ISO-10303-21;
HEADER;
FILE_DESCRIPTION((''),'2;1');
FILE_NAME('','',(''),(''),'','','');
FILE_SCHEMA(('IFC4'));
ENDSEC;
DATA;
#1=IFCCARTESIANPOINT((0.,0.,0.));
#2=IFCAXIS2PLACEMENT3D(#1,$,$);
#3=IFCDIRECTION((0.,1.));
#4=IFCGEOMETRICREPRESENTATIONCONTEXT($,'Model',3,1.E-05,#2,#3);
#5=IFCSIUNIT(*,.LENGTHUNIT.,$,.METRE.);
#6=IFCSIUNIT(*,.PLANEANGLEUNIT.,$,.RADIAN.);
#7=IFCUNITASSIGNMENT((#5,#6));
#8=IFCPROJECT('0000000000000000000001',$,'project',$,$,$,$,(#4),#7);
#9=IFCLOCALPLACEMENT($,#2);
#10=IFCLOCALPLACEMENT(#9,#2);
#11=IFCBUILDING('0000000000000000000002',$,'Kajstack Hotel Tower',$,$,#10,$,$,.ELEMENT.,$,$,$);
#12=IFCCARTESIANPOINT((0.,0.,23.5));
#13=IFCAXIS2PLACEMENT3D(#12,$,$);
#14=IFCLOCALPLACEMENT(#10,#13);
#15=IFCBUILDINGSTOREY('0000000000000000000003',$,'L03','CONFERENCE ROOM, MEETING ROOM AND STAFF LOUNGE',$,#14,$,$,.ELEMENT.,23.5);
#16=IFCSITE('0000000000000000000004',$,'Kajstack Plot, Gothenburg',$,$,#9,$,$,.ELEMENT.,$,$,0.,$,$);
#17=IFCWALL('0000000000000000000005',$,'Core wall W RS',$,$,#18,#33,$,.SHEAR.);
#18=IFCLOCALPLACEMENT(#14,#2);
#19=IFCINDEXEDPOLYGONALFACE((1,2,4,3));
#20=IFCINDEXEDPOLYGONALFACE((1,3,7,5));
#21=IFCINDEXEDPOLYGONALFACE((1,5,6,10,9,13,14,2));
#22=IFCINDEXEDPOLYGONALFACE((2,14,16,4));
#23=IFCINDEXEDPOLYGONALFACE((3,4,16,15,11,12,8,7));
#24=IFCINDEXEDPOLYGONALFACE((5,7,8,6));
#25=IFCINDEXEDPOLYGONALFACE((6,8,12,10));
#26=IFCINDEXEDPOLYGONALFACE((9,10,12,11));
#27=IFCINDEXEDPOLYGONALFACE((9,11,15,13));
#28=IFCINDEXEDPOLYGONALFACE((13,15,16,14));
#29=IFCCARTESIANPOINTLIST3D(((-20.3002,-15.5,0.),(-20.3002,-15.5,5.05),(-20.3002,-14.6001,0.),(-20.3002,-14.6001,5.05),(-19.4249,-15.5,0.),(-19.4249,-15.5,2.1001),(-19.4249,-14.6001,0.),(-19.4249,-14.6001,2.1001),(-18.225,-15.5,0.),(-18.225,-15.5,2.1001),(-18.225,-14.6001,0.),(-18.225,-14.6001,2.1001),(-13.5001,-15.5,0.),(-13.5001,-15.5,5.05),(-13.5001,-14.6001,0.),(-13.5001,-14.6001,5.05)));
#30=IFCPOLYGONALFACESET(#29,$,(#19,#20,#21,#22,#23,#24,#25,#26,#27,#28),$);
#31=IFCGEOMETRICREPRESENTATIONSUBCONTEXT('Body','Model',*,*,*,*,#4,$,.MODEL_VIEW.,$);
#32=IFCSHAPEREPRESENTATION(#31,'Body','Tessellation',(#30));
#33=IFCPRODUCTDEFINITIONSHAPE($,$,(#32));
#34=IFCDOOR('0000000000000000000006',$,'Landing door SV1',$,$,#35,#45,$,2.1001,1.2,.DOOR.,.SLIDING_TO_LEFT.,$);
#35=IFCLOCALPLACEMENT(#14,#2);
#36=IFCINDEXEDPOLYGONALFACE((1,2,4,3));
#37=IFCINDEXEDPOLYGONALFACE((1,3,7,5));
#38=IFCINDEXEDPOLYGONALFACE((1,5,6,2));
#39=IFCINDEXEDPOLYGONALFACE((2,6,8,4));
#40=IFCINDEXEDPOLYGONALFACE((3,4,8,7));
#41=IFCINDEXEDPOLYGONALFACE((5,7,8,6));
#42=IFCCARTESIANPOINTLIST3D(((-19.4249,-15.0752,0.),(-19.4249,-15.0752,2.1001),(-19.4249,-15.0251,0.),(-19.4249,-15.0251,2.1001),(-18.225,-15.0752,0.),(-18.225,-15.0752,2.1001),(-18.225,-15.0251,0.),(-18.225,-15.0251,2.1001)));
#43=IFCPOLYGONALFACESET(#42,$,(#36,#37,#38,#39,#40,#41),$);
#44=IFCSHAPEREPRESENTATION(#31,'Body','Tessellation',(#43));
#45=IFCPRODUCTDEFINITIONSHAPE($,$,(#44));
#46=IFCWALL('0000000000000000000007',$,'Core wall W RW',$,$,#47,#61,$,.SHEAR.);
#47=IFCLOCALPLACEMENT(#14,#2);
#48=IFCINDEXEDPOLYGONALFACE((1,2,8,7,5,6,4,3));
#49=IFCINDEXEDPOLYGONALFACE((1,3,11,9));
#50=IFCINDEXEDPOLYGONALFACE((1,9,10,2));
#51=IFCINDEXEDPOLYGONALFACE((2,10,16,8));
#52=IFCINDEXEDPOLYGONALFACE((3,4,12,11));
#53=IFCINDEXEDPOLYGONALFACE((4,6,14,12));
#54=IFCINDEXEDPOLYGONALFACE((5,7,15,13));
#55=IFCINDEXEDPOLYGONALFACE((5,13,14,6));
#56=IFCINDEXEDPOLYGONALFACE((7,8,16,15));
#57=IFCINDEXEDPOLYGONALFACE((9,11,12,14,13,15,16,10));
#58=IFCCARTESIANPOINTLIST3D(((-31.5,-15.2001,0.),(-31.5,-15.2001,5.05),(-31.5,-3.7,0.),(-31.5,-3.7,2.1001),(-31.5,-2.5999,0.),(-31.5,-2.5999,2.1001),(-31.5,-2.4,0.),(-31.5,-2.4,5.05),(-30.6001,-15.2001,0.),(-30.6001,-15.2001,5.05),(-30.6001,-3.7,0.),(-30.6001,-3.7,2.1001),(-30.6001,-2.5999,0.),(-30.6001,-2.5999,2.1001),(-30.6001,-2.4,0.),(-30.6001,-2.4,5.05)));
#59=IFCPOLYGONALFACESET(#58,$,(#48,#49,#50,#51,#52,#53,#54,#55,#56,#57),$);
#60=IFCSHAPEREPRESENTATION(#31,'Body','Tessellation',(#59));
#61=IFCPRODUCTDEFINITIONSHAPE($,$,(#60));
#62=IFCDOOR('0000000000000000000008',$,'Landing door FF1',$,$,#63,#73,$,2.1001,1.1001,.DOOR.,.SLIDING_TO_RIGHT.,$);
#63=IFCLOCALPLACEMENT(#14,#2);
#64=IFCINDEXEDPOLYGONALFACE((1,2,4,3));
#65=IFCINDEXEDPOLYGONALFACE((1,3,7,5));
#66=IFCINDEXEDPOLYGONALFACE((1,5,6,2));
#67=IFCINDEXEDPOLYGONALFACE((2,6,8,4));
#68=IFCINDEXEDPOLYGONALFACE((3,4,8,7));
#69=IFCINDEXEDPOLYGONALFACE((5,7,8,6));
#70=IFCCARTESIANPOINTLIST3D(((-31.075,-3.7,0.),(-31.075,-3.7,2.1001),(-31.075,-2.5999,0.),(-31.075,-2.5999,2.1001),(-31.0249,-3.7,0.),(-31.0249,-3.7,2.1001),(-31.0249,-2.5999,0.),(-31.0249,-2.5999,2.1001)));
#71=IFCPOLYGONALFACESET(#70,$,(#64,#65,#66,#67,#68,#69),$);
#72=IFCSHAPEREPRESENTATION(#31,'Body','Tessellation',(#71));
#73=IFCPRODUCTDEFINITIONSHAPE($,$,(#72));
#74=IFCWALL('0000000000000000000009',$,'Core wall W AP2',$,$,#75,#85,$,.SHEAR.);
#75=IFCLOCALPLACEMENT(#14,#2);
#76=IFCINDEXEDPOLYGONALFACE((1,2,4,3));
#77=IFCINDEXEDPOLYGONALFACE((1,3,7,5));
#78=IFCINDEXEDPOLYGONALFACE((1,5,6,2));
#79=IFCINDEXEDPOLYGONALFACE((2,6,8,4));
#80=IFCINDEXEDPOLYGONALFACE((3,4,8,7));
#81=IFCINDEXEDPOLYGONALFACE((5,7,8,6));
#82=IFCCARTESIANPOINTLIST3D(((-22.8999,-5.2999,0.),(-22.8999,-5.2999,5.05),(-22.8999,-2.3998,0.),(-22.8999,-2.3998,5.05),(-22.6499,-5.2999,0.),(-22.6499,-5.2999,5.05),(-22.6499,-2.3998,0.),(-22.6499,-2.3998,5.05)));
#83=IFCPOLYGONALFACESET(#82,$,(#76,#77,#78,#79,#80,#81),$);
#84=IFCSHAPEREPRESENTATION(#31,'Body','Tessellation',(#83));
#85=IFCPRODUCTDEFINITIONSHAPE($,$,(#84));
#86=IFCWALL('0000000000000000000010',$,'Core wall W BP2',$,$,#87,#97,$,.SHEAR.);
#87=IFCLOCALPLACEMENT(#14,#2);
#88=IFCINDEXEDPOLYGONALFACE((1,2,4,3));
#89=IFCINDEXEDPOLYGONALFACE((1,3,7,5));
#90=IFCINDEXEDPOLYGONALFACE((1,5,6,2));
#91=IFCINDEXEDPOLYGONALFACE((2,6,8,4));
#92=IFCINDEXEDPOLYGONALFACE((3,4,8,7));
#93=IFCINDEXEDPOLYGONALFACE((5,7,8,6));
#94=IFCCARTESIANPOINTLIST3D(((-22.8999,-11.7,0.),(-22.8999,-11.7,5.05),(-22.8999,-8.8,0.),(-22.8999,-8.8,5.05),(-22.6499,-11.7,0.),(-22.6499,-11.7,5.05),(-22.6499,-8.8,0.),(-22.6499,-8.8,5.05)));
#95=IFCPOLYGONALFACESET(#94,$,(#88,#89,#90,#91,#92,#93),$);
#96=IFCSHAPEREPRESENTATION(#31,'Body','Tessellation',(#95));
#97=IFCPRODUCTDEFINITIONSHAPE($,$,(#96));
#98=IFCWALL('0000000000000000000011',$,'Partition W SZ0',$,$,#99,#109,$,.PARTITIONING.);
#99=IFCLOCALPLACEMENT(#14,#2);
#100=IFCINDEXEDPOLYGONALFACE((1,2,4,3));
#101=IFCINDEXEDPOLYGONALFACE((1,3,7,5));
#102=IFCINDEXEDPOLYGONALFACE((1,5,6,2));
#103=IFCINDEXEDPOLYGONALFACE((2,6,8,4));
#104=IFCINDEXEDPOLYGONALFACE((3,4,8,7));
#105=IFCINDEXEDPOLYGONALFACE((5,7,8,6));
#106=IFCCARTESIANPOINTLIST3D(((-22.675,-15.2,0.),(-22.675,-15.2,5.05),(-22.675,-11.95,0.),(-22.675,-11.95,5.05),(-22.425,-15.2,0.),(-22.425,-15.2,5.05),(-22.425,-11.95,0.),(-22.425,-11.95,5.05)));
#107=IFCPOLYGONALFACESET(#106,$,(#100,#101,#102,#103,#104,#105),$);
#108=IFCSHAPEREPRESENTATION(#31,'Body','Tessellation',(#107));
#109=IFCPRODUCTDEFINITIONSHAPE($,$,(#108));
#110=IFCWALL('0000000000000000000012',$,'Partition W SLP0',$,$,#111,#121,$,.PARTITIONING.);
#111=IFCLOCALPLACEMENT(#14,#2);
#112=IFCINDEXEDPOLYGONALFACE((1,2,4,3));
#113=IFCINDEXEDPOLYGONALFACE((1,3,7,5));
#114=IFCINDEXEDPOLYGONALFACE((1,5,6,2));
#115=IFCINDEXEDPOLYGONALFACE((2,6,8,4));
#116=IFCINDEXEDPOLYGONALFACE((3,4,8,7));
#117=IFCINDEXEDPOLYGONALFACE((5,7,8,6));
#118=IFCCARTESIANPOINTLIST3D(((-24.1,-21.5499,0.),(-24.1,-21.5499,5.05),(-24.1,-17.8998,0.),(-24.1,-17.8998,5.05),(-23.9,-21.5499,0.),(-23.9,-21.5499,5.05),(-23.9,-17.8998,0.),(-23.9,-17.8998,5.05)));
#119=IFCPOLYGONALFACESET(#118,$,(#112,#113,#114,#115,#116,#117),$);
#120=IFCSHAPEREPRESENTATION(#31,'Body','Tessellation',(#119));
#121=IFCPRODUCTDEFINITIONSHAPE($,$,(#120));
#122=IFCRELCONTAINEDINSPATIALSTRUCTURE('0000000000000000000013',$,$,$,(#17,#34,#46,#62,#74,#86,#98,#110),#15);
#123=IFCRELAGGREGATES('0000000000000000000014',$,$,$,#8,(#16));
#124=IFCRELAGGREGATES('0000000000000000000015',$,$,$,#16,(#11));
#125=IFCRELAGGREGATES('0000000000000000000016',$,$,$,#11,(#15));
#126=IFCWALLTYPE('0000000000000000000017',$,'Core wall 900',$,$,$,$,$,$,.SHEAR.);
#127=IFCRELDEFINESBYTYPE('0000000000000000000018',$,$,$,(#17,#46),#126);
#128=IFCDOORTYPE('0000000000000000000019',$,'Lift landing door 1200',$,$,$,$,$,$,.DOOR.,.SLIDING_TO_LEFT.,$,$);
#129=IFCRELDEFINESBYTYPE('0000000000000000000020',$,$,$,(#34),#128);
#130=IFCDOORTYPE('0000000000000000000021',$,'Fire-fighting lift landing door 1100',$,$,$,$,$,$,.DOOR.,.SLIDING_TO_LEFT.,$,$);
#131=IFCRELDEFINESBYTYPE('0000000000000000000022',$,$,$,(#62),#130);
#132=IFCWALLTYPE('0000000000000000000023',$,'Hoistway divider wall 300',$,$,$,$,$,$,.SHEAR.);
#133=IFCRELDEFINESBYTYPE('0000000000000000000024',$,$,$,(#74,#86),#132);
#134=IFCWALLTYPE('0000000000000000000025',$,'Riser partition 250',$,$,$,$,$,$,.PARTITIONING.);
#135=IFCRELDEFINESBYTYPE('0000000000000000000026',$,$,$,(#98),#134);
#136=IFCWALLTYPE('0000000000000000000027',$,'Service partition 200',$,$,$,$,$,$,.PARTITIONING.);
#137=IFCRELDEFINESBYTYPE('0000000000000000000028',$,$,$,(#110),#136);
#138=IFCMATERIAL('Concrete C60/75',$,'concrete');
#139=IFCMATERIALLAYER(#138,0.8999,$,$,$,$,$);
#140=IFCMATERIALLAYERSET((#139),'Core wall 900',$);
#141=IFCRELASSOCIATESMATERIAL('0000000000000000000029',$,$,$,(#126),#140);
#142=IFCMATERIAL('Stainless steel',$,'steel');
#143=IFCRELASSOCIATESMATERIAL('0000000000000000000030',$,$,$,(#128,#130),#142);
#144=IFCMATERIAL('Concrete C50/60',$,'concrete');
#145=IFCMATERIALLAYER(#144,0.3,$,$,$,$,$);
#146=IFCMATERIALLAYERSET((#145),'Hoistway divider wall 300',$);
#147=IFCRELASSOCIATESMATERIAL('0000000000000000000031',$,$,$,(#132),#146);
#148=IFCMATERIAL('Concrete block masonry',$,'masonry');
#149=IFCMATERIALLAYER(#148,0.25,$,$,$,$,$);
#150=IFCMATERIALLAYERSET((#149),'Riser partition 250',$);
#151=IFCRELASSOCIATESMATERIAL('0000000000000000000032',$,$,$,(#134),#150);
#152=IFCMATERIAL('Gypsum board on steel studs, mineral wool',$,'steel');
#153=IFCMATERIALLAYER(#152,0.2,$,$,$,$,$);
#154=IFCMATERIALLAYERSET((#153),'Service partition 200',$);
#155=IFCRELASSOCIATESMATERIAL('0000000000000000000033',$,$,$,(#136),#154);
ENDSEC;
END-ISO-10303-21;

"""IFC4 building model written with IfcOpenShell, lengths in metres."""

from ifc_helpers import new_model, si_unit, direction, frame, frame_2d, origin, place, context, subcontext, project, spatial, rectangle, extrude, material, layer, layer_set, type_object, element, fill, save


model = new_model("IFC4")

# Units and contexts
model_context = context("Model", 3, precision=1e-05, world=origin(), true_north=direction((0.0, 1.0)))
body_context = subcontext(model_context, "Body", "Model", "MODEL_VIEW")
ifc_project = project(units=[si_unit("LENGTHUNIT", "METRE"), si_unit("PLANEANGLEUNIT", "RADIAN")], contexts=[model_context])

# Site, building, storey
site_placement = place(None, origin())
site = spatial("IfcSite", under=ifc_project, at=site_placement, Name="Kajstack Plot, Gothenburg", CompositionType="ELEMENT", RefElevation=0.0)
building_placement = place(site_placement, origin())
building = spatial("IfcBuilding", under=site, at=building_placement, Name="Kajstack Hotel Tower", CompositionType="ELEMENT")
storey_placement = place(building_placement, frame((0.0, 0.0, 23.5)))
storey = spatial("IfcBuildingStorey", under=building, at=storey_placement, Name="L03", Description="CONFERENCE ROOM, MEETING ROOM AND STAFF LOUNGE", CompositionType="ELEMENT", Elevation=23.5)

# Walls, openings, doors
ifc_material_1 = material(Name="Concrete C60/75", Category="concrete")
ifc_layer_1 = layer(ifc_material_1, 0.8999)
ifc_layer_set_1 = layer_set([ifc_layer_1], Name="Core wall 900")
wall_type_1 = type_object("IfcWallType", Name="Core wall 900", PredefinedType="SHEAR", material=ifc_layer_set_1)
wall_1_placement = place(storey_placement, frame((-20.3, -15.05, 0.0), z_axis=(0.0, 0.0, 1.0), x_axis=(1.0, 0.0, 0.0)))
wall_1 = element("IfcWall", 1, at=wall_1_placement, inside=storey, type_object=wall_type_1, Name="Core wall W RS", PredefinedType="SHEAR", context=body_context, shape_type="SweptSolid", body=[
    extrude(rectangle(XDim=6.8, YDim=0.8999, at=frame_2d((3.3999, 0.0))), origin(), (0.0, 0.0, 1.0), 5.05),
])
opening_1_placement = place(wall_1_placement, frame((0.875, 0.0, 0.0)))
opening_1 = element("IfcOpeningElement", 2, at=opening_1_placement, cuts=wall_1, PredefinedType="OPENING", context=body_context, shape_type="SweptSolid", body=[
    extrude(rectangle(XDim=1.2, YDim=2.1001, at=frame_2d((0.6001, 1.05))), frame((0.0, 0.46, 0.0), z_axis=(0.0, -1.0, 0.0), x_axis=(1.0, 0.0, 0.0)), (0.0, 0.0, 1.0), 0.9199),
])
ifc_material_2 = material(Name="Stainless steel", Category="steel")
door_type_1 = type_object("IfcDoorType", Name="Lift landing door 1200", OperationType="SLIDING_TO_LEFT", PredefinedType="DOOR", material=ifc_material_2)
door_1_placement = place(opening_1_placement, origin())
door_1 = element("IfcDoor", 3, at=door_1_placement, inside=storey, type_object=door_type_1, Name="Landing door SV1", OperationType="SLIDING_TO_LEFT", OverallHeight=2.1001, OverallWidth=1.2, PredefinedType="DOOR", context=body_context, shape_type="SweptSolid", body=[
    extrude(rectangle(XDim=1.2, YDim=2.1001, at=frame_2d((0.6001, 1.05))), frame((0.0, 0.0249, 0.0), z_axis=(0.0, -1.0, 0.0), x_axis=(1.0, 0.0, 0.0)), (0.0, 0.0, 1.0), 0.05),
])
fill(opening_1, door_1)
wall_2_placement = place(storey_placement, frame((-31.05, -15.2, 0.0), z_axis=(0.0, 0.0, 1.0), x_axis=(0.0, 1.0, 0.0)))
wall_2 = element("IfcWall", 4, at=wall_2_placement, inside=storey, type_object=wall_type_1, Name="Core wall W RW", PredefinedType="SHEAR", context=body_context, shape_type="SweptSolid", body=[
    extrude(rectangle(XDim=12.8, YDim=0.8999, at=frame_2d((6.3999, 0.0))), origin(), (0.0, 0.0, 1.0), 5.05),
])
opening_2_placement = place(wall_2_placement, frame((11.5, 0.0, 0.0)))
opening_2 = element("IfcOpeningElement", 5, at=opening_2_placement, cuts=wall_2, PredefinedType="OPENING", context=body_context, shape_type="SweptSolid", body=[
    extrude(rectangle(XDim=1.1001, YDim=2.1001, at=frame_2d((0.55, 1.05))), frame((0.0, 0.46, 0.0), z_axis=(0.0, -1.0, 0.0), x_axis=(1.0, 0.0, 0.0)), (0.0, 0.0, 1.0), 0.9199),
])
door_type_2 = type_object("IfcDoorType", Name="Fire-fighting lift landing door 1100", OperationType="SLIDING_TO_LEFT", PredefinedType="DOOR", material=ifc_material_2)
door_2_placement = place(opening_2_placement, origin())
door_2 = element("IfcDoor", 6, at=door_2_placement, inside=storey, type_object=door_type_2, Name="Landing door FF1", OperationType="SLIDING_TO_RIGHT", OverallHeight=2.1001, OverallWidth=1.1001, PredefinedType="DOOR", context=body_context, shape_type="SweptSolid", body=[
    extrude(rectangle(XDim=1.1001, YDim=2.1001, at=frame_2d((0.55, 1.05))), frame((0.0, 0.0249, 0.0), z_axis=(0.0, -1.0, 0.0), x_axis=(1.0, 0.0, 0.0)), (0.0, 0.0, 1.0), 0.05),
])
fill(opening_2, door_2)

# Walls
ifc_material_3 = material(Name="Concrete C50/60", Category="concrete")
ifc_layer_2 = layer(ifc_material_3, 0.3)
ifc_layer_set_2 = layer_set([ifc_layer_2], Name="Hoistway divider wall 300")
wall_type_2 = type_object("IfcWallType", Name="Hoistway divider wall 300", PredefinedType="SHEAR", material=ifc_layer_set_2)
wall_3_placement = place(storey_placement, frame((-22.7749, -5.3, 0.0), z_axis=(0.0, 0.0, 1.0), x_axis=(0.0, 1.0, 0.0)))
element("IfcWall", 7, at=wall_3_placement, inside=storey, type_object=wall_type_2, Name="Core wall W AP2", PredefinedType="SHEAR", context=body_context, shape_type="SweptSolid", body=[
    extrude(rectangle(XDim=2.9001, YDim=0.25, at=frame_2d((1.4502, 0.0))), origin(), (0.0, 0.0, 1.0), 5.05),
])
wall_4_placement = place(storey_placement, frame((-22.7749, -11.7, 0.0), z_axis=(0.0, 0.0, 1.0), x_axis=(0.0, 1.0, 0.0)))
element("IfcWall", 8, at=wall_4_placement, inside=storey, type_object=wall_type_2, Name="Core wall W BP2", PredefinedType="SHEAR", context=body_context, shape_type="SweptSolid", body=[
    extrude(rectangle(XDim=2.8999, YDim=0.25, at=frame_2d((1.45, 0.0))), origin(), (0.0, 0.0, 1.0), 5.05),
])
ifc_material_4 = material(Name="Concrete block masonry", Category="masonry")
ifc_layer_3 = layer(ifc_material_4, 0.25)
ifc_layer_set_3 = layer_set([ifc_layer_3], Name="Riser partition 250")
wall_type_3 = type_object("IfcWallType", Name="Riser partition 250", PredefinedType="PARTITIONING", material=ifc_layer_set_3)
wall_5_placement = place(storey_placement, frame((-22.55, -15.2, 0.0), z_axis=(0.0, 0.0, 1.0), x_axis=(0.0, 1.0, 0.0)))
element("IfcWall", 9, at=wall_5_placement, inside=storey, type_object=wall_type_3, Name="Partition W SZ0", PredefinedType="PARTITIONING", context=body_context, shape_type="SweptSolid", body=[
    extrude(rectangle(XDim=3.25, YDim=0.25, at=frame_2d((1.625, 0.0))), origin(), (0.0, 0.0, 1.0), 5.05),
])
ifc_material_5 = material(Name="Gypsum board on steel studs, mineral wool", Category="steel")
ifc_layer_4 = layer(ifc_material_5, 0.2)
ifc_layer_set_4 = layer_set([ifc_layer_4], Name="Service partition 200")
wall_type_4 = type_object("IfcWallType", Name="Service partition 200", PredefinedType="PARTITIONING", material=ifc_layer_set_4)
wall_6_placement = place(storey_placement, frame((-24.0, -21.55, 0.0), z_axis=(0.0, 0.0, 1.0), x_axis=(0.0, 1.0, 0.0)))
element("IfcWall", 10, at=wall_6_placement, inside=storey, type_object=wall_type_4, Name="Partition W SLP0", PredefinedType="PARTITIONING", context=body_context, shape_type="SweptSolid", body=[
    extrude(rectangle(XDim=3.6501, YDim=0.2, at=frame_2d((1.8252, 0.0))), origin(), (0.0, 0.0, 1.0), 5.05),
])

save(model, "model.ifc")
